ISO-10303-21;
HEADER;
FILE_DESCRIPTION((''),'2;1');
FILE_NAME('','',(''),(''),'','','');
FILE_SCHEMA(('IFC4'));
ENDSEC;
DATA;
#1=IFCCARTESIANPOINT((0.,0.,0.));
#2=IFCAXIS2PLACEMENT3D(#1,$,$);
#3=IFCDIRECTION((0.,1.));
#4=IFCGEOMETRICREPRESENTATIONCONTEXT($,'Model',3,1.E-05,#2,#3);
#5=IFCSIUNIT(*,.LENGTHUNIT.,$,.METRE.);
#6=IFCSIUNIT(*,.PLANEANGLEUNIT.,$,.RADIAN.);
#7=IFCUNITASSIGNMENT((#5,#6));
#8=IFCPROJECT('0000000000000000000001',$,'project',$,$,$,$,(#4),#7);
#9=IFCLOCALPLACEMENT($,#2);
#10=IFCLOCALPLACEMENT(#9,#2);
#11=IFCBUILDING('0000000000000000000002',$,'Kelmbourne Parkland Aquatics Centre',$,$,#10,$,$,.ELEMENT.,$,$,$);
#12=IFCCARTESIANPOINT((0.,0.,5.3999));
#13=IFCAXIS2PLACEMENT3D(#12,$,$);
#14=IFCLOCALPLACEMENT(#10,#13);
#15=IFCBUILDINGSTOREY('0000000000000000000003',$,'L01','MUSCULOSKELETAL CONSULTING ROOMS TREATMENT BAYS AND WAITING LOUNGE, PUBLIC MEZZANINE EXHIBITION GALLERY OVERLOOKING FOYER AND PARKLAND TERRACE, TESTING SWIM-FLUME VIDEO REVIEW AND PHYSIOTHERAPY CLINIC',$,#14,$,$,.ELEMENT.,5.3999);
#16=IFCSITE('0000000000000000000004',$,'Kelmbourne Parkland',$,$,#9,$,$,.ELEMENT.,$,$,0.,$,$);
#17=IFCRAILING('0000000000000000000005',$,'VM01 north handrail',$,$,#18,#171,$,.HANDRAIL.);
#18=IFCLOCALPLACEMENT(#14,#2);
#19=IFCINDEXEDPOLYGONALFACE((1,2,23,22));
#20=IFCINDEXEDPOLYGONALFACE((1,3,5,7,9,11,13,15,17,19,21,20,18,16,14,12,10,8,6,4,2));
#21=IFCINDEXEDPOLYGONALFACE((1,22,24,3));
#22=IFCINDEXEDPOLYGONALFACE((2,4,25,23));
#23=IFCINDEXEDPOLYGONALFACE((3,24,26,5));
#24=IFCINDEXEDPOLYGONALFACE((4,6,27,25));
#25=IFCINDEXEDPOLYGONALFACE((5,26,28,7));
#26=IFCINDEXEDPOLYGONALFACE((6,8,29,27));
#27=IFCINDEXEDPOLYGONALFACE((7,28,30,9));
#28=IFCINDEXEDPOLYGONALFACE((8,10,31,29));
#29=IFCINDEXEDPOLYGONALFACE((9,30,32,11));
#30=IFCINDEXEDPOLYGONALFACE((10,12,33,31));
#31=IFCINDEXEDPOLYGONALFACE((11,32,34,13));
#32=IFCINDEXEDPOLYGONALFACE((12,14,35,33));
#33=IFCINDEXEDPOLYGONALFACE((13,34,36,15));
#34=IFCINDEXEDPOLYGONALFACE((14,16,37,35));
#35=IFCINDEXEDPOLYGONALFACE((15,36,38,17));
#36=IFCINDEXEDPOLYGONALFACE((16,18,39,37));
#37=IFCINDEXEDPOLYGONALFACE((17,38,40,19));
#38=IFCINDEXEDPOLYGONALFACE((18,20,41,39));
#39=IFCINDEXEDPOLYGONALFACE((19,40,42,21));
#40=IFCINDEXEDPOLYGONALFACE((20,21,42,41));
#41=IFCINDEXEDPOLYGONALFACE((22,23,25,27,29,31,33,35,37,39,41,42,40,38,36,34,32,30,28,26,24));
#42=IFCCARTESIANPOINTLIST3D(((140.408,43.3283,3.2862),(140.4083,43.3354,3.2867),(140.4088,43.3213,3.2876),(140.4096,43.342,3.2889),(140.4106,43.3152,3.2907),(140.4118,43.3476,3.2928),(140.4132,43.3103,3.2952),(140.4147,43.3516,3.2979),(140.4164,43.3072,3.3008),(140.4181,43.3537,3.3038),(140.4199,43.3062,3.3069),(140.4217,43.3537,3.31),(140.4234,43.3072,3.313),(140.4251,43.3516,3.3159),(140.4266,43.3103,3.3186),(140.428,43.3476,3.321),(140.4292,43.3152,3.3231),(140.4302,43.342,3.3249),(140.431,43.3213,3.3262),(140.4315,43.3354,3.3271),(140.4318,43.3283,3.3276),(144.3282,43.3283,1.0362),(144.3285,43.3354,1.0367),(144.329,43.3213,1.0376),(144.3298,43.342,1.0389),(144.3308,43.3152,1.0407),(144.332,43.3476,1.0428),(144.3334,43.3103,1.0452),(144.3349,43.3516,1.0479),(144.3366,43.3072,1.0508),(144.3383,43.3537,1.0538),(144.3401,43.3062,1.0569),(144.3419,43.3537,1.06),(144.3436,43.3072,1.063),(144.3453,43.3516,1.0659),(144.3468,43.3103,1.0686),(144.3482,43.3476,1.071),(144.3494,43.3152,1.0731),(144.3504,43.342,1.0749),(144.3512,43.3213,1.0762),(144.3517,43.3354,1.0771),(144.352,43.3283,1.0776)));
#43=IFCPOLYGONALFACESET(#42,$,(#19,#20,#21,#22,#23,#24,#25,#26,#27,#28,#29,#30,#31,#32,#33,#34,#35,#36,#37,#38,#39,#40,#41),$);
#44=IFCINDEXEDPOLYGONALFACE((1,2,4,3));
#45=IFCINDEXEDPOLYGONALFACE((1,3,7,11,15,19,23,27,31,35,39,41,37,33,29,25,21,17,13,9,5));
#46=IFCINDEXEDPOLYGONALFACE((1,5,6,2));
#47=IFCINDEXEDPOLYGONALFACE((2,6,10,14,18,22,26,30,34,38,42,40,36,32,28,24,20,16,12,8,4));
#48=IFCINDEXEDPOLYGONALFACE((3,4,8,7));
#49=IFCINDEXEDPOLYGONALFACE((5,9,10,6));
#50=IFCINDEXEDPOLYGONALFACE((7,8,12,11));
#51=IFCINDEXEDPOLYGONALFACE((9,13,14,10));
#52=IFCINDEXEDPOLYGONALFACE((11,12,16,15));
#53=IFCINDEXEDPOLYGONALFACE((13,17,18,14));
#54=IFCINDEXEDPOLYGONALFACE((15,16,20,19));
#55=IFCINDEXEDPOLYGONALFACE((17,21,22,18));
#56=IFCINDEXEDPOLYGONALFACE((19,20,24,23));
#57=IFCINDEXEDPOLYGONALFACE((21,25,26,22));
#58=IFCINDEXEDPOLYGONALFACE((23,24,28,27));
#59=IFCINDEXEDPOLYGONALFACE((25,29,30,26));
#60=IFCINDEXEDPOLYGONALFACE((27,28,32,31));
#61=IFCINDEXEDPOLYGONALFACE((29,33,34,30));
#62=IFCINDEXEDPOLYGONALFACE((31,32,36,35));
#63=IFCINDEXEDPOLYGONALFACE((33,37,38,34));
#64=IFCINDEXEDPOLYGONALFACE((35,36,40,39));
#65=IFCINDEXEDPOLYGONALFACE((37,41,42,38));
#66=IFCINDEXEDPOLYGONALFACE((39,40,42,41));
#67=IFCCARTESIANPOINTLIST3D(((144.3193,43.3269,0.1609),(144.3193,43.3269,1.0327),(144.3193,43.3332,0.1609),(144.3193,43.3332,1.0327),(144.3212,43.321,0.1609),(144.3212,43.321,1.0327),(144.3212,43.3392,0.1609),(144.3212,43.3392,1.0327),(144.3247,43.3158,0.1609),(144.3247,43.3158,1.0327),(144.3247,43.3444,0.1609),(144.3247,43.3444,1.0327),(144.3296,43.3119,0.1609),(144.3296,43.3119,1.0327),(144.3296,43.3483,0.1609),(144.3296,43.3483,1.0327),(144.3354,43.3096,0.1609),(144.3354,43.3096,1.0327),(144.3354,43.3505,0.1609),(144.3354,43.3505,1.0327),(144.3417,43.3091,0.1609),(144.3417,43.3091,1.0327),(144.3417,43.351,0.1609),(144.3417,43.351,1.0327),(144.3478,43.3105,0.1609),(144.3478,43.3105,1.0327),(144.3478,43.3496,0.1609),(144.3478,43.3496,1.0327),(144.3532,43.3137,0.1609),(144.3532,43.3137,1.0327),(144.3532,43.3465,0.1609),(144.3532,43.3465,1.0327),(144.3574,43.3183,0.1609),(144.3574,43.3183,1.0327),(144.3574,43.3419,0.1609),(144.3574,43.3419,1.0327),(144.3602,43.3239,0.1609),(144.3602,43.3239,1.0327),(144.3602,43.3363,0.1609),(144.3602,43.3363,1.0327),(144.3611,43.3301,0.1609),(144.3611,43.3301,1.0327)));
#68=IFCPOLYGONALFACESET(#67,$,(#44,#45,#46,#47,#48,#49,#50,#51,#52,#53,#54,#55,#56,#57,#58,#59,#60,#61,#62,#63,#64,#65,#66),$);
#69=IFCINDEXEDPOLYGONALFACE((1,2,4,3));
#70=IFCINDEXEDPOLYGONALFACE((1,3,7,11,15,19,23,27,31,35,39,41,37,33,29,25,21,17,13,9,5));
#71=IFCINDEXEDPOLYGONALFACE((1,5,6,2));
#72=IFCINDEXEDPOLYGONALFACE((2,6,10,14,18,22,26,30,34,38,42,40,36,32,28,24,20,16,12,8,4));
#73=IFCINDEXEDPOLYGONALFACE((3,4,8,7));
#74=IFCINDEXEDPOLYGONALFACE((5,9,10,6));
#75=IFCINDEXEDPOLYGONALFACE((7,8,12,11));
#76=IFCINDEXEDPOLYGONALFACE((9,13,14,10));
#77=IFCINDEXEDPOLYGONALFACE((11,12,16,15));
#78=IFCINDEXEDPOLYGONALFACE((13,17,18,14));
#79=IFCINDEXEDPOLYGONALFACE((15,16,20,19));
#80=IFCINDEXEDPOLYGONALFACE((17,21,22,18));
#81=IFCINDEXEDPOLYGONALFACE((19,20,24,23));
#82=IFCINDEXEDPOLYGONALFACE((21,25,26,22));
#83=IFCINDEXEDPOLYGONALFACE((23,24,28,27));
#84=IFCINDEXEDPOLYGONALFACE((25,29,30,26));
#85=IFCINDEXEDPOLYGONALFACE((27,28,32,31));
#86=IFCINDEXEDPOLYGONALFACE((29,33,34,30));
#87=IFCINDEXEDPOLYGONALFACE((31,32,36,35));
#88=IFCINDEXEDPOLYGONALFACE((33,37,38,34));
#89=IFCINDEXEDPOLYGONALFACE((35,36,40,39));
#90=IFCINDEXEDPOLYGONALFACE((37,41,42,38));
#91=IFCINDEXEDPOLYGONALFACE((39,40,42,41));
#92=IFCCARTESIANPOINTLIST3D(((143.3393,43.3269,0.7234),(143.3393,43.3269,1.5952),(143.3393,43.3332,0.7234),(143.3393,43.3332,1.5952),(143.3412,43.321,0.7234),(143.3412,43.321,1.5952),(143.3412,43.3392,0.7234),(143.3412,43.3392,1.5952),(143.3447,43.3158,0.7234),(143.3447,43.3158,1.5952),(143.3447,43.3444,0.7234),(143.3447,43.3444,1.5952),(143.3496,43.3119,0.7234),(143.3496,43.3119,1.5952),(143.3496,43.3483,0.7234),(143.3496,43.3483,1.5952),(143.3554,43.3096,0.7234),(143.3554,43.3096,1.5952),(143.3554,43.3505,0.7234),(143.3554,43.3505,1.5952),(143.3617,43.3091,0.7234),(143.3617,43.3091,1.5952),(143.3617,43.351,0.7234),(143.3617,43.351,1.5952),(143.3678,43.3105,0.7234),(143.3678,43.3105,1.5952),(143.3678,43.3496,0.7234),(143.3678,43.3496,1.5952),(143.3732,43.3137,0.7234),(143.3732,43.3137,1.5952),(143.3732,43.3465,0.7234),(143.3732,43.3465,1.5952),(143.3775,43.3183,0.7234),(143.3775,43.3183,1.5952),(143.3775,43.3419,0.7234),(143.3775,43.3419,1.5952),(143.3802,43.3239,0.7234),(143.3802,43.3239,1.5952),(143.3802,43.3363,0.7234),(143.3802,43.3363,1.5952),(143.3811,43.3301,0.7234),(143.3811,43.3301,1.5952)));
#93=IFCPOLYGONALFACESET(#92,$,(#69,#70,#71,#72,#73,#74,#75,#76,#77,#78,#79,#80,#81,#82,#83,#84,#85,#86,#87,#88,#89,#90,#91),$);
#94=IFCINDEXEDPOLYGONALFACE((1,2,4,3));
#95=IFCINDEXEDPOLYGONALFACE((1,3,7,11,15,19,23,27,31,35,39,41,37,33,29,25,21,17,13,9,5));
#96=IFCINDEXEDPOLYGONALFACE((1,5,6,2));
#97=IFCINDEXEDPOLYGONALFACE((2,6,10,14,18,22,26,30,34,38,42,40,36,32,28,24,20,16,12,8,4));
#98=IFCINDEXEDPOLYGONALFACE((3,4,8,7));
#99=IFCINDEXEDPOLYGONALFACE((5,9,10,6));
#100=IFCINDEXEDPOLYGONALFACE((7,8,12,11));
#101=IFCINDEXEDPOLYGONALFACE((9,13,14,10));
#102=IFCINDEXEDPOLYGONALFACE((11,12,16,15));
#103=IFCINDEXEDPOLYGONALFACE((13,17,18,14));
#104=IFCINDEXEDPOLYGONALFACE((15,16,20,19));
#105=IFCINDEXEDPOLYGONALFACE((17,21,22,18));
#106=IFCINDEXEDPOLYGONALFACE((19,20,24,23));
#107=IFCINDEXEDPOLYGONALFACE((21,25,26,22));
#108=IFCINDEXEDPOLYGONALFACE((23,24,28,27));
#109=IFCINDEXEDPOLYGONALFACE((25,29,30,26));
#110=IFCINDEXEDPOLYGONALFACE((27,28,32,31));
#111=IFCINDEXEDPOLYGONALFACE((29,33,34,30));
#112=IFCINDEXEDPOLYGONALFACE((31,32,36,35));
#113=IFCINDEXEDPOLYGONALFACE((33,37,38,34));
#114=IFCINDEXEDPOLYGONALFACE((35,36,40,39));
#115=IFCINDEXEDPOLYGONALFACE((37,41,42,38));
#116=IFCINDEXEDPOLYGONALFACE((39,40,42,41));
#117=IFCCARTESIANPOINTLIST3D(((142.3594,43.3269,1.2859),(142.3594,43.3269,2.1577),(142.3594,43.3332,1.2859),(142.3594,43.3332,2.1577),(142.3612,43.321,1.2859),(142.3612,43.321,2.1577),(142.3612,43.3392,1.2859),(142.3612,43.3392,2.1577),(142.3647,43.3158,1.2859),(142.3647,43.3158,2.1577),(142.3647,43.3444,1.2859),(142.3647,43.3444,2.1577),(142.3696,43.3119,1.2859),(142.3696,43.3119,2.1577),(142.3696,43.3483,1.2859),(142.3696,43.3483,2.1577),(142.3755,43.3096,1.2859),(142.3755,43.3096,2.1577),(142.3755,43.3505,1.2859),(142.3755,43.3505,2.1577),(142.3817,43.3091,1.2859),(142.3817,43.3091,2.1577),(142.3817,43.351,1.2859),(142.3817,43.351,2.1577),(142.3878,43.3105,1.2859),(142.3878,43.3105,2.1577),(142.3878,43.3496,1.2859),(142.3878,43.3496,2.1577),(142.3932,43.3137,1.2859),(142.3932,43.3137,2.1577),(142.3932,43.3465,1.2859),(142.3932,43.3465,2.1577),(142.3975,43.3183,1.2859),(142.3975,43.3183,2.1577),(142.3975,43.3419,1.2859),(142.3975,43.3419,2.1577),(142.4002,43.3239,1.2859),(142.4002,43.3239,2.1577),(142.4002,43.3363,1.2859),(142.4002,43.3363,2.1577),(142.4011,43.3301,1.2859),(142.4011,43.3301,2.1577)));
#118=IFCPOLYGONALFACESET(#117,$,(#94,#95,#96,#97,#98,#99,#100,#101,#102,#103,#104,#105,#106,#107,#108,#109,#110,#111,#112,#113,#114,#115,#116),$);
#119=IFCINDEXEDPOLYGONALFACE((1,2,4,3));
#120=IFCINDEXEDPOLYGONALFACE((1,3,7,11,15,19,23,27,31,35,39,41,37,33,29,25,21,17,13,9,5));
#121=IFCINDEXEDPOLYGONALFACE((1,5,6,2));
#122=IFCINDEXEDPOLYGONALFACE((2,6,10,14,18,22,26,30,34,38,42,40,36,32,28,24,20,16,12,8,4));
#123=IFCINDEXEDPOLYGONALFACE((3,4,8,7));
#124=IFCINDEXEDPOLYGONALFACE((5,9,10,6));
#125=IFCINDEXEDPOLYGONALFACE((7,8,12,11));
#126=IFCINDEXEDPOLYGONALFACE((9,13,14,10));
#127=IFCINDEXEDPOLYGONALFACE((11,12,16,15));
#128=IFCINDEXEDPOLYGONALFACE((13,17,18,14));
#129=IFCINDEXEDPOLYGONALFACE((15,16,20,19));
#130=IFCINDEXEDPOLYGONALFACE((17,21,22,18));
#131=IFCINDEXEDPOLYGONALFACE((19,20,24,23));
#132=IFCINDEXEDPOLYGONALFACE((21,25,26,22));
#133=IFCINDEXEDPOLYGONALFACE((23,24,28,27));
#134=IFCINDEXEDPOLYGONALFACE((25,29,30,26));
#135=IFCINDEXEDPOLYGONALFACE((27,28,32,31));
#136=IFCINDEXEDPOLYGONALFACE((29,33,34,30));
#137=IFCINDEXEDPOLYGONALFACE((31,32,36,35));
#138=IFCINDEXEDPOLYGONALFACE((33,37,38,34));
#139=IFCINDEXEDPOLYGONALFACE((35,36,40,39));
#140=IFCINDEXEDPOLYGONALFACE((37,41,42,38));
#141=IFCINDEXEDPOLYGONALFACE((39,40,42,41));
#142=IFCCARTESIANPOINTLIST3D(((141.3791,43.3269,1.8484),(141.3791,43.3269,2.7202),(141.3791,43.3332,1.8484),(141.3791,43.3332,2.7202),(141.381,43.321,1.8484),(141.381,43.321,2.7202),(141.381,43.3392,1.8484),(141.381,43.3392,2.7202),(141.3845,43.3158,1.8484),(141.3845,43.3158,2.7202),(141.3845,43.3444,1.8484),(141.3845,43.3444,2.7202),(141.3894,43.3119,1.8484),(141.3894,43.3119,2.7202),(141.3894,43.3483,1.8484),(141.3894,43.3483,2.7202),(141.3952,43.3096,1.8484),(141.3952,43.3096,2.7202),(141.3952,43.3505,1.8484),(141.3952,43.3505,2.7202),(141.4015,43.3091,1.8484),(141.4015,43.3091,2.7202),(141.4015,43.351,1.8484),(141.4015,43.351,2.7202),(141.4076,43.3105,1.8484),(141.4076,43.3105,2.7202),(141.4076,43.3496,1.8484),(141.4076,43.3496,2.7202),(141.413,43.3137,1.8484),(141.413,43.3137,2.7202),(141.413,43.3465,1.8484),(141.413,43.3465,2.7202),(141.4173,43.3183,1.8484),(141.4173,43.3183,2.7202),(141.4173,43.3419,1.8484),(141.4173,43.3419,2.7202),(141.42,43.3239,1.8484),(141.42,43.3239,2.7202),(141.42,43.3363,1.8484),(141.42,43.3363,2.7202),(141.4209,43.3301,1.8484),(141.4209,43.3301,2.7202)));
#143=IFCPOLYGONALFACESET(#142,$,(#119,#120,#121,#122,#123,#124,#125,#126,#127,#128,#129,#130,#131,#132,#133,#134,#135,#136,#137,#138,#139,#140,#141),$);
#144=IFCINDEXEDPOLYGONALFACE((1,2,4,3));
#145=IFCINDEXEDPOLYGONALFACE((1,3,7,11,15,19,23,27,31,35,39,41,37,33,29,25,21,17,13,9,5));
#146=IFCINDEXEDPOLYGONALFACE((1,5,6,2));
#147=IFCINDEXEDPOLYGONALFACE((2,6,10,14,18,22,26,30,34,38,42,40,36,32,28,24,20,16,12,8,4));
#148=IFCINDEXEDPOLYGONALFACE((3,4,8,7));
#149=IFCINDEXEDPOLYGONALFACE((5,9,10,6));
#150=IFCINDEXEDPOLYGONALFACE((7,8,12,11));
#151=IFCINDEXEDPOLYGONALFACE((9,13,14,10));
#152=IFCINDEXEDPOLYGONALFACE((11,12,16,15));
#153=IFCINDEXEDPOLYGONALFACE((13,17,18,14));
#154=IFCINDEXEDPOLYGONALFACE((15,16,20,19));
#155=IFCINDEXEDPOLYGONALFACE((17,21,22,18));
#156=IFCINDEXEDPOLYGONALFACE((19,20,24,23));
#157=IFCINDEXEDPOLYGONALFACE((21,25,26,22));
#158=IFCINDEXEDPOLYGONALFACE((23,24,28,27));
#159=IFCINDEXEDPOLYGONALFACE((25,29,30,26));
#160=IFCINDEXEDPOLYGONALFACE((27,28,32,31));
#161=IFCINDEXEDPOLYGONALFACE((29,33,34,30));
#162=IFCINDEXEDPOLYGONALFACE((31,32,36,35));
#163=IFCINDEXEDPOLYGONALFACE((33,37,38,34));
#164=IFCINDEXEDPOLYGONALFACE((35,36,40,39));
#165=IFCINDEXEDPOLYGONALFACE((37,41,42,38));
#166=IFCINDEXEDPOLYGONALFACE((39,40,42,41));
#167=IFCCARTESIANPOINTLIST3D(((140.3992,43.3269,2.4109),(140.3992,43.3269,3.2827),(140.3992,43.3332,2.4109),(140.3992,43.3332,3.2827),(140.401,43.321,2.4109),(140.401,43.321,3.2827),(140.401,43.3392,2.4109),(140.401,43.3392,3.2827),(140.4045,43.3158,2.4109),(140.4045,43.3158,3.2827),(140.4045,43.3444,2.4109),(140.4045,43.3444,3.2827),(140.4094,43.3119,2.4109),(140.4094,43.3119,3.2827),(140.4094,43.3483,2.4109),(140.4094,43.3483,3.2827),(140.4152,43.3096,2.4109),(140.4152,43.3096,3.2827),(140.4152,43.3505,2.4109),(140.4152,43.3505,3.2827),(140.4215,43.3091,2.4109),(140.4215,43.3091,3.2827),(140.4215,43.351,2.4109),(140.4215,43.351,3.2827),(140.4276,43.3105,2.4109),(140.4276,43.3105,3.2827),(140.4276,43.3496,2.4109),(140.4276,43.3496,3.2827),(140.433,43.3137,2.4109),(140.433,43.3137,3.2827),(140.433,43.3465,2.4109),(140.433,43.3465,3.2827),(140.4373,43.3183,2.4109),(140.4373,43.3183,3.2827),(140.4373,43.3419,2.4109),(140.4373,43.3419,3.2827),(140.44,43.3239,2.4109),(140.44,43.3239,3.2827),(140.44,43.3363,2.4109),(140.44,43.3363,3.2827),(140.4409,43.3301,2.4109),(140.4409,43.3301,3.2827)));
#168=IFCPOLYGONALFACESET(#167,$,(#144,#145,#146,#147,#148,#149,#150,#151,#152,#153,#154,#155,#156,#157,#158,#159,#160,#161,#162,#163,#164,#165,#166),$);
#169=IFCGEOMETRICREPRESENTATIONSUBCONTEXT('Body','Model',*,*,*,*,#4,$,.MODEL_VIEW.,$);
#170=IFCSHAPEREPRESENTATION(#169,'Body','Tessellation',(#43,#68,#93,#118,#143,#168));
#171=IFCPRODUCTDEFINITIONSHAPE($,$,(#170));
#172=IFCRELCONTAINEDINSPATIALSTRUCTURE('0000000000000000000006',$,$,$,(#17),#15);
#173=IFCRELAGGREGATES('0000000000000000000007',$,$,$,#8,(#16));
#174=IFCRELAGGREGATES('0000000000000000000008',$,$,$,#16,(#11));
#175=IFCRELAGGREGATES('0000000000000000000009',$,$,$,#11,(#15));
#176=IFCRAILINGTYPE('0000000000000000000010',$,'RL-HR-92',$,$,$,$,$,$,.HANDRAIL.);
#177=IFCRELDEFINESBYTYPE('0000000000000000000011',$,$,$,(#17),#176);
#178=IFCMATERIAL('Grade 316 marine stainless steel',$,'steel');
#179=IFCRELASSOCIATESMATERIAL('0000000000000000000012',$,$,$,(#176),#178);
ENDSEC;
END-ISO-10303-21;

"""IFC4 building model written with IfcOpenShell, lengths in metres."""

from ifc_helpers import new_model, si_unit, direction, frame, origin, origin_2d, place, context, subcontext, project, spatial, circle, extrude, material, type_object, element, save


model = new_model("IFC4")

# Units and contexts
model_context = context("Model", 3, precision=1e-05, world=origin(), true_north=direction((0.0, 1.0)))
body_context = subcontext(model_context, "Body", "Model", "MODEL_VIEW")
ifc_project = project(units=[si_unit("LENGTHUNIT", "METRE"), si_unit("PLANEANGLEUNIT", "RADIAN")], contexts=[model_context])

# Site, building, storey
site_placement = place(None, origin())
site = spatial("IfcSite", under=ifc_project, at=site_placement, Name="Kelmbourne Parkland", CompositionType="ELEMENT", RefElevation=0.0)
building_placement = place(site_placement, origin())
building = spatial("IfcBuilding", under=site, at=building_placement, Name="Kelmbourne Parkland Aquatics Centre", CompositionType="ELEMENT")
storey_placement = place(building_placement, frame((0.0, 0.0, 5.3999)))
storey = spatial("IfcBuildingStorey", under=building, at=storey_placement, Name="L01", Description="MUSCULOSKELETAL CONSULTING ROOMS TREATMENT BAYS AND WAITING LOUNGE, PUBLIC MEZZANINE EXHIBITION GALLERY OVERLOOKING FOYER AND PARKLAND TERRACE, TESTING SWIM-FLUME VIDEO REVIEW AND PHYSIOTHERAPY CLINIC", CompositionType="ELEMENT", Elevation=5.3999)

# Railing
ifc_material_1 = material(Name="Grade 316 marine stainless steel", Category="steel")
railing_type_1 = type_object("IfcRailingType", Name="RL-HR-92", PredefinedType="HANDRAIL", material=ifc_material_1)
for number, where, name in (
    (1, (144.3401, 43.3301, 0.1609), "VM01 north handrail"),
):
    element("IfcRailing", number, at=place(storey_placement, frame(where)), inside=storey, type_object=railing_type_1, Name=name, PredefinedType="HANDRAIL", context=body_context, shape_type="SweptSolid", body=[
        extrude(circle(Radius=0.0239, at=origin_2d()), frame((0.0, 0.0, 0.896), z_axis=(-0.867298, 0.0, 0.49779), x_axis=(0.0, -1.0, 0.0)), (0.0, 0.0, 1.0), 4.52),
        extrude(circle(Radius=0.021, at=origin_2d()), origin(), (0.0, 0.0, 1.0), 0.8718),
        extrude(circle(Radius=0.021, at=origin_2d()), frame((-0.98, 0.0, 0.5625)), (0.0, 0.0, 1.0), 0.8718),
        extrude(circle(Radius=0.021, at=origin_2d()), frame((-1.96, 0.0, 1.125)), (0.0, 0.0, 1.0), 0.8718),
        extrude(circle(Radius=0.021, at=origin_2d()), frame((-2.9402, 0.0, 1.6875)), (0.0, 0.0, 1.0), 0.8718),
        extrude(circle(Radius=0.021, at=origin_2d()), frame((-3.9202, 0.0, 2.25)), (0.0, 0.0, 1.0), 0.8718),
    ])

save(model, "model.ifc")
